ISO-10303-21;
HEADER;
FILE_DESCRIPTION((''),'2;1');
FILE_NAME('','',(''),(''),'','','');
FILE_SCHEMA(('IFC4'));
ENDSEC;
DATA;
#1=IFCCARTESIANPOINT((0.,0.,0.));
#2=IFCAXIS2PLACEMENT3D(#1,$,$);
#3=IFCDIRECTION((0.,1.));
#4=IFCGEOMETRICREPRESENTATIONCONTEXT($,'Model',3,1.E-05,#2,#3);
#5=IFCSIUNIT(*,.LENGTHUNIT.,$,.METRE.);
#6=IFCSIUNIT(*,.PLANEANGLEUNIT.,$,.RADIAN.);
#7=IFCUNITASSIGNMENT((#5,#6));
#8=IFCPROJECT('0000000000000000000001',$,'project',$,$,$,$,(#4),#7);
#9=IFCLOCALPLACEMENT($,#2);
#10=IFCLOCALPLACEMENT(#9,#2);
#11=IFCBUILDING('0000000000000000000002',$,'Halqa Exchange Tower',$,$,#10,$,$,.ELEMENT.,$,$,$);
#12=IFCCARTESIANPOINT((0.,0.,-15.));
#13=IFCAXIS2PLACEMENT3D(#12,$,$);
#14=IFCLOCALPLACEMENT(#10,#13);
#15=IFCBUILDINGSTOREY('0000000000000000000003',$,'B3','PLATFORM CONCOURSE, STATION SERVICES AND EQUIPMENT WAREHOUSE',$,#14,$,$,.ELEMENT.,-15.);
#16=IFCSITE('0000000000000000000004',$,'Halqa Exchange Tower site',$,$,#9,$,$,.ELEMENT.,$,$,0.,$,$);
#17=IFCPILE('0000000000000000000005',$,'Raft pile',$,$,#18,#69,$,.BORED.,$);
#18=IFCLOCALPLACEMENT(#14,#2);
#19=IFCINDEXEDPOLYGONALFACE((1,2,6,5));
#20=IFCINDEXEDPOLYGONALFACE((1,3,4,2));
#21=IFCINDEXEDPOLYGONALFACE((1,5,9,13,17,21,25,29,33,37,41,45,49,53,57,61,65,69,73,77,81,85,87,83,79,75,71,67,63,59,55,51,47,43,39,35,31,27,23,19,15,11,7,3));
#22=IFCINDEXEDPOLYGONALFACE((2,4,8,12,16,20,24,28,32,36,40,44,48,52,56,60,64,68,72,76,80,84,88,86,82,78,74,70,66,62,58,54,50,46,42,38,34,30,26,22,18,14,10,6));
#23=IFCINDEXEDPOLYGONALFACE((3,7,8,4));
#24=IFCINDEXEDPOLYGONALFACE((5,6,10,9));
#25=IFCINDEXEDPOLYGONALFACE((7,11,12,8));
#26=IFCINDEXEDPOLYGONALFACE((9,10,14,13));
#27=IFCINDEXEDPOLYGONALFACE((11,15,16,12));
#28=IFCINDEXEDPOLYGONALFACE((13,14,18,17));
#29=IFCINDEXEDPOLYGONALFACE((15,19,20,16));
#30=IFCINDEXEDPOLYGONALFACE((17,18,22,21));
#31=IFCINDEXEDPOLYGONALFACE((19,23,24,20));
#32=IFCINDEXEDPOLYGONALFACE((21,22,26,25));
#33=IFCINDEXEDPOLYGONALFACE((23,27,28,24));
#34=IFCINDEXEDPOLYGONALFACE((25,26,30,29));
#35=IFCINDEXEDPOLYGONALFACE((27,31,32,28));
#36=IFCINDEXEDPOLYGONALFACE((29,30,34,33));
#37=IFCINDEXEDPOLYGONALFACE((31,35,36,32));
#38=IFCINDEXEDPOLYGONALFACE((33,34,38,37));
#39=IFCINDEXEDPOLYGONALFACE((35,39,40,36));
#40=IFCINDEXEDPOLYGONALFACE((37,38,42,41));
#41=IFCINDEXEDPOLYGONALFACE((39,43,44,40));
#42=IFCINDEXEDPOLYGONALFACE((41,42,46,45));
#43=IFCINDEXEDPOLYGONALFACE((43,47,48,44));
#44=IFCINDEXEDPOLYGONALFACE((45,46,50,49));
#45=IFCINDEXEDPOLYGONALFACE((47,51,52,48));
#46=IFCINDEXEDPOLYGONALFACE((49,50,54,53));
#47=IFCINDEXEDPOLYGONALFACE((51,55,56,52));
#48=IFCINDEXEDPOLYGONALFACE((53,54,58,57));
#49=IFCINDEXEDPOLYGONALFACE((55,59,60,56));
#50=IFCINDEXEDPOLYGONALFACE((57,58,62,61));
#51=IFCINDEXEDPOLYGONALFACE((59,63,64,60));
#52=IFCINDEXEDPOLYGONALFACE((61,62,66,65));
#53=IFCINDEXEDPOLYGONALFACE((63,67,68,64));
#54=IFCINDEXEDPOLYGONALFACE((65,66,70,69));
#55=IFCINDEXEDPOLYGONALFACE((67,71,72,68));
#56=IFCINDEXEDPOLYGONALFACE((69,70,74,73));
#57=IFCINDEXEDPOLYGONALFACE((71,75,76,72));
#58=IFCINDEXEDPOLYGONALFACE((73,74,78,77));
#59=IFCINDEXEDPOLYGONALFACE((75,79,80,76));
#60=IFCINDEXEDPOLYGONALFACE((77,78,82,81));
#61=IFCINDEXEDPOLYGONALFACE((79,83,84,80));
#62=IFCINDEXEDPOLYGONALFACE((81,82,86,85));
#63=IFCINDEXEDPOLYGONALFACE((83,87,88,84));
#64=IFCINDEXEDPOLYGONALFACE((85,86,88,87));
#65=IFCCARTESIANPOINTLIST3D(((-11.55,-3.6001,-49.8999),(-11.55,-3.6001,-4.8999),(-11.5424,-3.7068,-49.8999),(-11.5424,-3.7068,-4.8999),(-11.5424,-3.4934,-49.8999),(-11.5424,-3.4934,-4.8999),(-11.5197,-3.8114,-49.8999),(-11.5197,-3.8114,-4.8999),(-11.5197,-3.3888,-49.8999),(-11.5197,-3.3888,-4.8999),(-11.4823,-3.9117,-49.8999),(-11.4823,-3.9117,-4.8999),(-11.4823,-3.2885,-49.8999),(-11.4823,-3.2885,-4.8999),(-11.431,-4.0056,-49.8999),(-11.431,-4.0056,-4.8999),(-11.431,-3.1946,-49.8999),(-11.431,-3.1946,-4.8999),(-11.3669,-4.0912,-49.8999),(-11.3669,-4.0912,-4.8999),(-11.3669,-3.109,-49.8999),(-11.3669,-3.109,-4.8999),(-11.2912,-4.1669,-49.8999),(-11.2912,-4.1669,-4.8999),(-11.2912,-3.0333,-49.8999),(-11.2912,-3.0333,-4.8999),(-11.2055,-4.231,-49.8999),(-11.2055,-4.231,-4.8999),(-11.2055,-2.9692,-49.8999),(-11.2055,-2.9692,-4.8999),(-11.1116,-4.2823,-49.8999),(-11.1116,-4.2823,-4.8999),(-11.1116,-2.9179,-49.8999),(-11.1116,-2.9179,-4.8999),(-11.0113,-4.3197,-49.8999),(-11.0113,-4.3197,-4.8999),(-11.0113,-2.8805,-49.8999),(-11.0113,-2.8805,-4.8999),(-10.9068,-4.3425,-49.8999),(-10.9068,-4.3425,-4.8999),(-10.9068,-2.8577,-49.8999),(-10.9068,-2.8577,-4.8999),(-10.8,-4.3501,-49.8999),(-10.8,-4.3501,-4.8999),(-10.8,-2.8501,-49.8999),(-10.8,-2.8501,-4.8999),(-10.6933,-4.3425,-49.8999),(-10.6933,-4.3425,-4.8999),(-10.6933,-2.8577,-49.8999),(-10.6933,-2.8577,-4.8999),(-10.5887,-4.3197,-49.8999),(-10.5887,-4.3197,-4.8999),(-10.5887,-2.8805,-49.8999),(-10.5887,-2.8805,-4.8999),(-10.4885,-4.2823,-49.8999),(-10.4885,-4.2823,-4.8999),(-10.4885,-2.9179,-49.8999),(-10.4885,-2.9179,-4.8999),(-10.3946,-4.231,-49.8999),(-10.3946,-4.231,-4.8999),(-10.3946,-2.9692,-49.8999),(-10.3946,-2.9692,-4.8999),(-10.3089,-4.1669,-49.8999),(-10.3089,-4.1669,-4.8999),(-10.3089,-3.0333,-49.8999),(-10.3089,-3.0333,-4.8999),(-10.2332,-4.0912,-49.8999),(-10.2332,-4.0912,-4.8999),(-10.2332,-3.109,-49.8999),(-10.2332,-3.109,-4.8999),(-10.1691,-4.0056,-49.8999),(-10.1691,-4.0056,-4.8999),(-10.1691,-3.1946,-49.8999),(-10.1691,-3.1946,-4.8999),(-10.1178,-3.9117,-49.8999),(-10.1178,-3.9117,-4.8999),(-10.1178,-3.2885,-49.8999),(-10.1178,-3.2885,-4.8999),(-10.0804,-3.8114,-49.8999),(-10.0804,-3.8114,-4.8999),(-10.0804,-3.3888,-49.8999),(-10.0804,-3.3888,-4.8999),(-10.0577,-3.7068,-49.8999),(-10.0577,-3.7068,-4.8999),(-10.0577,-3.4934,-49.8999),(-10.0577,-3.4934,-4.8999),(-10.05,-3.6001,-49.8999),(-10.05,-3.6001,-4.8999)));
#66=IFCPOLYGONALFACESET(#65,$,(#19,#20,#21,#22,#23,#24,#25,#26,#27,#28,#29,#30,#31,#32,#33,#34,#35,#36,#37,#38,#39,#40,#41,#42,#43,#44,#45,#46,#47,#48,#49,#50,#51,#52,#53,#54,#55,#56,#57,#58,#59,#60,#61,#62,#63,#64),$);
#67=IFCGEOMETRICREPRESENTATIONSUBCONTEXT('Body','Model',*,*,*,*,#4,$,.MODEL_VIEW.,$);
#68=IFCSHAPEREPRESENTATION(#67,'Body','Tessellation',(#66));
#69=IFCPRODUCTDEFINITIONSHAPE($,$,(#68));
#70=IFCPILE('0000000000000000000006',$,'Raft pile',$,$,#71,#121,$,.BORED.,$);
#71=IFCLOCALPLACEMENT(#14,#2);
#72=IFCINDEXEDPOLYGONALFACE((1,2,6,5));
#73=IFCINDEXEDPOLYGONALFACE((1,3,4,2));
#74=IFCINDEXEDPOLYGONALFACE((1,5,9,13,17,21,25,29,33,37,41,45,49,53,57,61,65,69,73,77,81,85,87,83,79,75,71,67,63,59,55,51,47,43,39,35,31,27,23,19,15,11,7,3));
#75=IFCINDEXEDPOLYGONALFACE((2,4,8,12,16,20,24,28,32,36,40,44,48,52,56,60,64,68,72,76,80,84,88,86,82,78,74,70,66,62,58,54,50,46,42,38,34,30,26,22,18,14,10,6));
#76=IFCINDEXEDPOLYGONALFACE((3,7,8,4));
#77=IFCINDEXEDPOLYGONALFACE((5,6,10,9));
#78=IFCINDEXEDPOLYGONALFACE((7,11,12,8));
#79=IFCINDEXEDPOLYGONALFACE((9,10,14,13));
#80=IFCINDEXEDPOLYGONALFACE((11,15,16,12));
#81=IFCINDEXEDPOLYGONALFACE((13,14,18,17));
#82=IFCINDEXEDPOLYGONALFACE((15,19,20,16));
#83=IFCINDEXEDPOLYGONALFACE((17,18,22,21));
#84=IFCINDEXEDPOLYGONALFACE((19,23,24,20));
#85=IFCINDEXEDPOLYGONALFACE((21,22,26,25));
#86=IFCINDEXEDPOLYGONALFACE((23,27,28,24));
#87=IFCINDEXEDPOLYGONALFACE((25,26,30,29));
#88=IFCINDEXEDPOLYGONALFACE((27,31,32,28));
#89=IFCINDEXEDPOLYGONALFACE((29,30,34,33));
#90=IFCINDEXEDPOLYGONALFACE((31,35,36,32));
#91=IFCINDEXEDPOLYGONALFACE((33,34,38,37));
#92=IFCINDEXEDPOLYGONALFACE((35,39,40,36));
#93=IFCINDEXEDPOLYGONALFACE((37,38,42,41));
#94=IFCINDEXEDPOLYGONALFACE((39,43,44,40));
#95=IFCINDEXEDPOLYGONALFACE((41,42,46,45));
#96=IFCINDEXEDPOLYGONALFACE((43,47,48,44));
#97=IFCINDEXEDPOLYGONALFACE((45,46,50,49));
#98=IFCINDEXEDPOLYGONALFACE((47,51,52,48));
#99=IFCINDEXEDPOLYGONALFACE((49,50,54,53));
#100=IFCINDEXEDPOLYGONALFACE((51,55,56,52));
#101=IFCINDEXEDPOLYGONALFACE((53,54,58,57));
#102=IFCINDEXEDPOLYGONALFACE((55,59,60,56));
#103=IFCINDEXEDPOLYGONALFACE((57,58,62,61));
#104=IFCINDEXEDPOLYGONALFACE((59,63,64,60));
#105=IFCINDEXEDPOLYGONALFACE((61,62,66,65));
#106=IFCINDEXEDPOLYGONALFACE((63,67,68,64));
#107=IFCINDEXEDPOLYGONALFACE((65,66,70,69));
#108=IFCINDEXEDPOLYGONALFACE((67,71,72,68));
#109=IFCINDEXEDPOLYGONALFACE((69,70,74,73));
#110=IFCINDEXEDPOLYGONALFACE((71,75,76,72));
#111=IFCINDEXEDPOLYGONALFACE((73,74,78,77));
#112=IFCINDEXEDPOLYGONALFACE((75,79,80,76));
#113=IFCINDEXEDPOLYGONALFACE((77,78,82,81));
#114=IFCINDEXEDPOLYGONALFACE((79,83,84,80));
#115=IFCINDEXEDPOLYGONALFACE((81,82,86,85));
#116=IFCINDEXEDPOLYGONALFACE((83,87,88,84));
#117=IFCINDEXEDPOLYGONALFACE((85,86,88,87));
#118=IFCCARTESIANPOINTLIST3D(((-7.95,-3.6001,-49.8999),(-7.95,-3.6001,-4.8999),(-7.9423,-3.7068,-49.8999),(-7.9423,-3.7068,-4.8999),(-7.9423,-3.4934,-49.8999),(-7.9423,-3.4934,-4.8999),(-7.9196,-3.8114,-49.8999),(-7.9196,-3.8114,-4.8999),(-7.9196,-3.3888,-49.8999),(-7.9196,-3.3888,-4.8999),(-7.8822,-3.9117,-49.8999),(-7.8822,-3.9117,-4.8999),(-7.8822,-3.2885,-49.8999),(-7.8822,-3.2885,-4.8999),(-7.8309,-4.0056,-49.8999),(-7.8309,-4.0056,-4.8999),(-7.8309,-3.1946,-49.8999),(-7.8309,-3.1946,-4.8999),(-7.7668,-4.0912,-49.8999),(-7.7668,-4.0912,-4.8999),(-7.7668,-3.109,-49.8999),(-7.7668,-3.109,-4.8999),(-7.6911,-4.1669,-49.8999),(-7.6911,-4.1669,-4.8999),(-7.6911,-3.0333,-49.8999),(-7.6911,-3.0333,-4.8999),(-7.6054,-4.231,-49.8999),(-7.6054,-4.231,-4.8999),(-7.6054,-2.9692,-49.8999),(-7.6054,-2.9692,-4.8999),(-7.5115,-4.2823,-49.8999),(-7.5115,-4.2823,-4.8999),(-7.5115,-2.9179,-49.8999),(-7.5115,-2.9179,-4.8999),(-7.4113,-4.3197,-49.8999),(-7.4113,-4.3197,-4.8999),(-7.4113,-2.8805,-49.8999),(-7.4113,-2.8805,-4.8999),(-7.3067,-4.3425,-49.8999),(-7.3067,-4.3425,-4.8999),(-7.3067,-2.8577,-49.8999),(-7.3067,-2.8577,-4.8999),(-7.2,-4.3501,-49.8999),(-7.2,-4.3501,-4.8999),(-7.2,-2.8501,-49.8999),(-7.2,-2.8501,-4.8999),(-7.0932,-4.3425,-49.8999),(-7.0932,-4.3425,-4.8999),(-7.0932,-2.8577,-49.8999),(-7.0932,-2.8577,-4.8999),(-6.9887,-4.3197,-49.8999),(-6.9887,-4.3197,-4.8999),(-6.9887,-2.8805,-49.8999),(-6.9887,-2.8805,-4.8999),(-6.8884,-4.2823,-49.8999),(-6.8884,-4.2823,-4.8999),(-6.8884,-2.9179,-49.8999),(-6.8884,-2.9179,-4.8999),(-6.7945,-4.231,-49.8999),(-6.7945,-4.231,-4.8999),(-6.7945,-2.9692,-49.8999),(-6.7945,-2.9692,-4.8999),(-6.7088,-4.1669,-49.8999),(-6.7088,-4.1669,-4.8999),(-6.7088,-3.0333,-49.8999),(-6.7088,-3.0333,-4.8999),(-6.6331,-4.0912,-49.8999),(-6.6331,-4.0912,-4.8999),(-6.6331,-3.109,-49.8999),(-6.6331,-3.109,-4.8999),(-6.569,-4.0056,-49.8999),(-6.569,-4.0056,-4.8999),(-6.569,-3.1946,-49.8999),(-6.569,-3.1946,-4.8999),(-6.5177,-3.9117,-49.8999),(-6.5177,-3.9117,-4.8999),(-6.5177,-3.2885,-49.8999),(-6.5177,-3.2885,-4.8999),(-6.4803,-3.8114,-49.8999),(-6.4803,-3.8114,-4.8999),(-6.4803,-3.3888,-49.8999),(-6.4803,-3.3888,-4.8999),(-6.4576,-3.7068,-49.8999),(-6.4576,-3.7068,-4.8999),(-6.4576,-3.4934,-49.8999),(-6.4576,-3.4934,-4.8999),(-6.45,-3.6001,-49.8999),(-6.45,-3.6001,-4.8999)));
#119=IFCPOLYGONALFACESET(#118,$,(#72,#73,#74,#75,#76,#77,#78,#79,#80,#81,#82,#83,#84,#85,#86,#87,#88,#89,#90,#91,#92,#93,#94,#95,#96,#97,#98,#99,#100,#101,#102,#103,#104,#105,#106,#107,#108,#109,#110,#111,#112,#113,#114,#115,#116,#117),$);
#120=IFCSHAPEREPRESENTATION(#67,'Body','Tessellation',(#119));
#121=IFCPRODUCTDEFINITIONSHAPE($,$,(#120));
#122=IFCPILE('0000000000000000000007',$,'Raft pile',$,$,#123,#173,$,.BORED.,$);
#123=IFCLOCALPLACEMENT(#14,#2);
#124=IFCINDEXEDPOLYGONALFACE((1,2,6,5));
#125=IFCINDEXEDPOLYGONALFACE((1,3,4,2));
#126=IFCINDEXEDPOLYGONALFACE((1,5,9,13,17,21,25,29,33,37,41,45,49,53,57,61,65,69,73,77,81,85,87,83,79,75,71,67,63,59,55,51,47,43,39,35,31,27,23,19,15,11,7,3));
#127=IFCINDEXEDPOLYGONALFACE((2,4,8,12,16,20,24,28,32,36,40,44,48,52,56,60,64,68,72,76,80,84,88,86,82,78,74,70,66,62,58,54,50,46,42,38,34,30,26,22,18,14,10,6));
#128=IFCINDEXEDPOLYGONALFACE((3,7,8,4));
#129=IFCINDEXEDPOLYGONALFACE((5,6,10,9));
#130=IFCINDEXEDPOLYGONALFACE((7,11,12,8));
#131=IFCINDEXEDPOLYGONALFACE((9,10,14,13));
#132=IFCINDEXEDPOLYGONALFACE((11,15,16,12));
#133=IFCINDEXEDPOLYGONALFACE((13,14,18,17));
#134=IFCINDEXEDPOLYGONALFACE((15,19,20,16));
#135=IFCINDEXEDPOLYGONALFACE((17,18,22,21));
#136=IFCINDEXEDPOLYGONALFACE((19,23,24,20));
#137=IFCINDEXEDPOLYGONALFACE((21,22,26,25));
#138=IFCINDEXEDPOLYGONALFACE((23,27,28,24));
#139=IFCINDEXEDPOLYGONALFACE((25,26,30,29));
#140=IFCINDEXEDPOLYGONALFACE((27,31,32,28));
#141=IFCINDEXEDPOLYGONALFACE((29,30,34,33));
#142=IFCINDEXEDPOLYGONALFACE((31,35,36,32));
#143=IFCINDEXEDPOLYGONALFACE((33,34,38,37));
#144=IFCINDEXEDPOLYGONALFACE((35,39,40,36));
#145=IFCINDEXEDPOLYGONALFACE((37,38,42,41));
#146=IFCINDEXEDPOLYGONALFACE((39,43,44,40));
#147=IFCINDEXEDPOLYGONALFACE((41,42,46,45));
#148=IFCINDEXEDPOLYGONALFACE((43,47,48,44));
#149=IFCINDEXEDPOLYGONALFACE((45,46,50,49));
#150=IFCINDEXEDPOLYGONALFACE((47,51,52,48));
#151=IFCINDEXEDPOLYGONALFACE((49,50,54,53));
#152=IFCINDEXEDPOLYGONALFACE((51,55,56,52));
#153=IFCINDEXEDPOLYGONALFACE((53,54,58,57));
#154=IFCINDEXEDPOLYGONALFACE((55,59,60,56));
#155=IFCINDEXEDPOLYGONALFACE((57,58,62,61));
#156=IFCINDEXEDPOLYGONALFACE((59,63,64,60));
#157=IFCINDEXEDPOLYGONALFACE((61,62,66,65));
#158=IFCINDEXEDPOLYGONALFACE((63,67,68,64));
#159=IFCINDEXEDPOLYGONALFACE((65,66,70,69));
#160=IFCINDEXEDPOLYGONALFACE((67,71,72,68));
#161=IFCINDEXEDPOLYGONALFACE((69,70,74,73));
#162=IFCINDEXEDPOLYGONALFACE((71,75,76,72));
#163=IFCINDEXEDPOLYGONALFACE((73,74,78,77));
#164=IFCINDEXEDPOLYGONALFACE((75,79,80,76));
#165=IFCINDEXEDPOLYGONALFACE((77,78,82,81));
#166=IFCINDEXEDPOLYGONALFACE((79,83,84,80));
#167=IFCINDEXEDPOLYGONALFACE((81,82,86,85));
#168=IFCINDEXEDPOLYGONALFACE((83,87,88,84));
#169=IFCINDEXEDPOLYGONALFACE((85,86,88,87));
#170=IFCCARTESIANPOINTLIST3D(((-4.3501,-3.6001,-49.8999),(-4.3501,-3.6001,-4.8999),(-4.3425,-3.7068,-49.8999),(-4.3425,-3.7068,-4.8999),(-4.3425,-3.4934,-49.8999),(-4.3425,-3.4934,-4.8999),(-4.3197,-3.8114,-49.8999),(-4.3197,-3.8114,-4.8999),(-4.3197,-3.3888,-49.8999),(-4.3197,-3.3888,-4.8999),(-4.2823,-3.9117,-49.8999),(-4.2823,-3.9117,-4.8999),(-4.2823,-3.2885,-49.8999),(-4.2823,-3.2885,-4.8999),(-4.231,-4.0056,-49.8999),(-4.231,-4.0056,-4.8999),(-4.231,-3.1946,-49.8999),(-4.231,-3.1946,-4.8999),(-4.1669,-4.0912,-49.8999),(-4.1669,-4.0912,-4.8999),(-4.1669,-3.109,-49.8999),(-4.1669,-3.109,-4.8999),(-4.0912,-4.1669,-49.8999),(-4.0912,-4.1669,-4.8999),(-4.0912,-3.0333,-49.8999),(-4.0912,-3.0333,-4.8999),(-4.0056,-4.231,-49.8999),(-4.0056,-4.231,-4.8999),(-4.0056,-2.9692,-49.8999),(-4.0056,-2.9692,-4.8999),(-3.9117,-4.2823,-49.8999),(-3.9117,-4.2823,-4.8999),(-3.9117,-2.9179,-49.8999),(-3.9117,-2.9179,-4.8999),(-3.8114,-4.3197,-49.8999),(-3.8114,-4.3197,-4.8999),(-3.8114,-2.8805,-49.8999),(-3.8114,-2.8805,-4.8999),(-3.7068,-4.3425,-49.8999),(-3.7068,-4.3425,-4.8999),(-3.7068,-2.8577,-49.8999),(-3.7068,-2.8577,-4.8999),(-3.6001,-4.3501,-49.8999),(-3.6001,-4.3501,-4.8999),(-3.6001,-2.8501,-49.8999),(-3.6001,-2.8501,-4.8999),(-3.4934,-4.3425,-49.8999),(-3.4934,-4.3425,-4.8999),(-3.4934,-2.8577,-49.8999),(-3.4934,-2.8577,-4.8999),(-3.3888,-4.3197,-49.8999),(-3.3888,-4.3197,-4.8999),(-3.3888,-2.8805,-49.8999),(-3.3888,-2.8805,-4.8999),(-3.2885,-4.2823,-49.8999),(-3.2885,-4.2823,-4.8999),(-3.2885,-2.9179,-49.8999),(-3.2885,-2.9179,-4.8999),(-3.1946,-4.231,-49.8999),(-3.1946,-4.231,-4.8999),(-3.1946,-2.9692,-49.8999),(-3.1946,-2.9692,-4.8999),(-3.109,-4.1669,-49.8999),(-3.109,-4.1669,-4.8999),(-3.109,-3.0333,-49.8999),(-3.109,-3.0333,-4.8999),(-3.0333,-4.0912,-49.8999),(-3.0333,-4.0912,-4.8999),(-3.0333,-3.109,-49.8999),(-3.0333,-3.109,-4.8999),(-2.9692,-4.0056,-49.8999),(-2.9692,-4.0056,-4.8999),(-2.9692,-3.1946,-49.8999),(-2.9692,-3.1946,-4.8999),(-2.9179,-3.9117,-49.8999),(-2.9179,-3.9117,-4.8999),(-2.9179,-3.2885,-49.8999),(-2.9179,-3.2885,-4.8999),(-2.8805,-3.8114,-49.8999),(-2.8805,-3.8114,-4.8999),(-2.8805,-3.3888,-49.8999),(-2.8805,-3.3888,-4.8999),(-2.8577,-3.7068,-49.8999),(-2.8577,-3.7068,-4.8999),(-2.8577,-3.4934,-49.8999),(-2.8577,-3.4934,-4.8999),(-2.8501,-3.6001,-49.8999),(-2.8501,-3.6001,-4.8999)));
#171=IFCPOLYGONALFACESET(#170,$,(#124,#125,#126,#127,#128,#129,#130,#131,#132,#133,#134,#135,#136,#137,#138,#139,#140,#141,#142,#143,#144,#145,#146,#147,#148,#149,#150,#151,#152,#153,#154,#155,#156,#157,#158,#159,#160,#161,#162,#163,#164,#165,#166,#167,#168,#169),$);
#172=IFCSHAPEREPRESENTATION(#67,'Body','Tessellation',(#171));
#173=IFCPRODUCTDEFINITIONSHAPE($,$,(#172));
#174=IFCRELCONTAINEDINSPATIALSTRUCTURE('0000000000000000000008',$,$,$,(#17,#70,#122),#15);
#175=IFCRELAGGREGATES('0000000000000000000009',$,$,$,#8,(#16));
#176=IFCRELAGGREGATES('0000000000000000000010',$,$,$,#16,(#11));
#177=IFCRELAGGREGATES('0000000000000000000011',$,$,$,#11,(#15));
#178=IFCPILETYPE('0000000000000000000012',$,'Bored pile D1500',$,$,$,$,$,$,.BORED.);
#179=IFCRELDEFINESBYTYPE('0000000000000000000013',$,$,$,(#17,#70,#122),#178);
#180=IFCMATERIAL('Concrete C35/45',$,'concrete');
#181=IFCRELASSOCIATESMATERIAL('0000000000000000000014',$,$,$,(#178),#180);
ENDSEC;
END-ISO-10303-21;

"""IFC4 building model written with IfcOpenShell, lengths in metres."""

from ifc_helpers import new_model, si_unit, direction, frame, origin, origin_2d, place, context, subcontext, project, spatial, circle, extrude, material, material_profile, profile_set, type_object, element, save


model = new_model("IFC4")

# Units and contexts
model_context = context("Model", 3, precision=1e-05, world=origin(), true_north=direction((0.0, 1.0)))
body_context = subcontext(model_context, "Body", "Model", "MODEL_VIEW")
ifc_project = project(units=[si_unit("LENGTHUNIT", "METRE"), si_unit("PLANEANGLEUNIT", "RADIAN")], contexts=[model_context])

# Site, building, storey
site_placement = place(None, origin())
site = spatial("IfcSite", under=ifc_project, at=site_placement, Name="Halqa Exchange Tower site", CompositionType="ELEMENT", RefElevation=0.0)
building_placement = place(site_placement, origin())
building = spatial("IfcBuilding", under=site, at=building_placement, Name="Halqa Exchange Tower", CompositionType="ELEMENT")
storey_placement = place(building_placement, frame((0.0, 0.0, -15.0)))
storey = spatial("IfcBuildingStorey", under=building, at=storey_placement, Name="B3", Description="PLATFORM CONCOURSE, STATION SERVICES AND EQUIPMENT WAREHOUSE", CompositionType="ELEMENT", Elevation=-15.0)

# Piles
ifc_material_1 = material(Name="Concrete C35/45", Category="concrete")
ifc_material_profile_1 = material_profile(ifc_material_1, circle(Radius=0.75, at=origin_2d()), Name="D1500")
ifc_profile_set_1 = profile_set([ifc_material_profile_1], Name="Concrete C35/45")
pile_type_1 = type_object("IfcPileType", Name="Bored pile D1500", PredefinedType="BORED", material=ifc_profile_set_1)
for number, where, z_axis, x_axis, name in (
    (1, (-10.8, -3.6001, -4.8999), (0.0, 0.0, -1.0), (1.0, 0.0, 0.0), "Raft pile"),
    (2, (-7.2, -3.6001, -4.8999), (0.0, 0.0, -1.0), (1.0, 0.0, 0.0), "Raft pile"),
    (3, (-3.6001, -3.6001, -4.8999), (0.0, 0.0, -1.0), (1.0, 0.0, 0.0), "Raft pile"),
):
    element("IfcPile", number, at=place(storey_placement, frame(where, z_axis=z_axis, x_axis=x_axis)), inside=storey, type_object=pile_type_1, Name=name, PredefinedType="BORED", context=body_context, shape_type="SweptSolid", body=[
        extrude(circle(Radius=0.75, at=origin_2d()), origin(), (0.0, 0.0, 1.0), 45.0),
    ])

save(model, "model.ifc")
